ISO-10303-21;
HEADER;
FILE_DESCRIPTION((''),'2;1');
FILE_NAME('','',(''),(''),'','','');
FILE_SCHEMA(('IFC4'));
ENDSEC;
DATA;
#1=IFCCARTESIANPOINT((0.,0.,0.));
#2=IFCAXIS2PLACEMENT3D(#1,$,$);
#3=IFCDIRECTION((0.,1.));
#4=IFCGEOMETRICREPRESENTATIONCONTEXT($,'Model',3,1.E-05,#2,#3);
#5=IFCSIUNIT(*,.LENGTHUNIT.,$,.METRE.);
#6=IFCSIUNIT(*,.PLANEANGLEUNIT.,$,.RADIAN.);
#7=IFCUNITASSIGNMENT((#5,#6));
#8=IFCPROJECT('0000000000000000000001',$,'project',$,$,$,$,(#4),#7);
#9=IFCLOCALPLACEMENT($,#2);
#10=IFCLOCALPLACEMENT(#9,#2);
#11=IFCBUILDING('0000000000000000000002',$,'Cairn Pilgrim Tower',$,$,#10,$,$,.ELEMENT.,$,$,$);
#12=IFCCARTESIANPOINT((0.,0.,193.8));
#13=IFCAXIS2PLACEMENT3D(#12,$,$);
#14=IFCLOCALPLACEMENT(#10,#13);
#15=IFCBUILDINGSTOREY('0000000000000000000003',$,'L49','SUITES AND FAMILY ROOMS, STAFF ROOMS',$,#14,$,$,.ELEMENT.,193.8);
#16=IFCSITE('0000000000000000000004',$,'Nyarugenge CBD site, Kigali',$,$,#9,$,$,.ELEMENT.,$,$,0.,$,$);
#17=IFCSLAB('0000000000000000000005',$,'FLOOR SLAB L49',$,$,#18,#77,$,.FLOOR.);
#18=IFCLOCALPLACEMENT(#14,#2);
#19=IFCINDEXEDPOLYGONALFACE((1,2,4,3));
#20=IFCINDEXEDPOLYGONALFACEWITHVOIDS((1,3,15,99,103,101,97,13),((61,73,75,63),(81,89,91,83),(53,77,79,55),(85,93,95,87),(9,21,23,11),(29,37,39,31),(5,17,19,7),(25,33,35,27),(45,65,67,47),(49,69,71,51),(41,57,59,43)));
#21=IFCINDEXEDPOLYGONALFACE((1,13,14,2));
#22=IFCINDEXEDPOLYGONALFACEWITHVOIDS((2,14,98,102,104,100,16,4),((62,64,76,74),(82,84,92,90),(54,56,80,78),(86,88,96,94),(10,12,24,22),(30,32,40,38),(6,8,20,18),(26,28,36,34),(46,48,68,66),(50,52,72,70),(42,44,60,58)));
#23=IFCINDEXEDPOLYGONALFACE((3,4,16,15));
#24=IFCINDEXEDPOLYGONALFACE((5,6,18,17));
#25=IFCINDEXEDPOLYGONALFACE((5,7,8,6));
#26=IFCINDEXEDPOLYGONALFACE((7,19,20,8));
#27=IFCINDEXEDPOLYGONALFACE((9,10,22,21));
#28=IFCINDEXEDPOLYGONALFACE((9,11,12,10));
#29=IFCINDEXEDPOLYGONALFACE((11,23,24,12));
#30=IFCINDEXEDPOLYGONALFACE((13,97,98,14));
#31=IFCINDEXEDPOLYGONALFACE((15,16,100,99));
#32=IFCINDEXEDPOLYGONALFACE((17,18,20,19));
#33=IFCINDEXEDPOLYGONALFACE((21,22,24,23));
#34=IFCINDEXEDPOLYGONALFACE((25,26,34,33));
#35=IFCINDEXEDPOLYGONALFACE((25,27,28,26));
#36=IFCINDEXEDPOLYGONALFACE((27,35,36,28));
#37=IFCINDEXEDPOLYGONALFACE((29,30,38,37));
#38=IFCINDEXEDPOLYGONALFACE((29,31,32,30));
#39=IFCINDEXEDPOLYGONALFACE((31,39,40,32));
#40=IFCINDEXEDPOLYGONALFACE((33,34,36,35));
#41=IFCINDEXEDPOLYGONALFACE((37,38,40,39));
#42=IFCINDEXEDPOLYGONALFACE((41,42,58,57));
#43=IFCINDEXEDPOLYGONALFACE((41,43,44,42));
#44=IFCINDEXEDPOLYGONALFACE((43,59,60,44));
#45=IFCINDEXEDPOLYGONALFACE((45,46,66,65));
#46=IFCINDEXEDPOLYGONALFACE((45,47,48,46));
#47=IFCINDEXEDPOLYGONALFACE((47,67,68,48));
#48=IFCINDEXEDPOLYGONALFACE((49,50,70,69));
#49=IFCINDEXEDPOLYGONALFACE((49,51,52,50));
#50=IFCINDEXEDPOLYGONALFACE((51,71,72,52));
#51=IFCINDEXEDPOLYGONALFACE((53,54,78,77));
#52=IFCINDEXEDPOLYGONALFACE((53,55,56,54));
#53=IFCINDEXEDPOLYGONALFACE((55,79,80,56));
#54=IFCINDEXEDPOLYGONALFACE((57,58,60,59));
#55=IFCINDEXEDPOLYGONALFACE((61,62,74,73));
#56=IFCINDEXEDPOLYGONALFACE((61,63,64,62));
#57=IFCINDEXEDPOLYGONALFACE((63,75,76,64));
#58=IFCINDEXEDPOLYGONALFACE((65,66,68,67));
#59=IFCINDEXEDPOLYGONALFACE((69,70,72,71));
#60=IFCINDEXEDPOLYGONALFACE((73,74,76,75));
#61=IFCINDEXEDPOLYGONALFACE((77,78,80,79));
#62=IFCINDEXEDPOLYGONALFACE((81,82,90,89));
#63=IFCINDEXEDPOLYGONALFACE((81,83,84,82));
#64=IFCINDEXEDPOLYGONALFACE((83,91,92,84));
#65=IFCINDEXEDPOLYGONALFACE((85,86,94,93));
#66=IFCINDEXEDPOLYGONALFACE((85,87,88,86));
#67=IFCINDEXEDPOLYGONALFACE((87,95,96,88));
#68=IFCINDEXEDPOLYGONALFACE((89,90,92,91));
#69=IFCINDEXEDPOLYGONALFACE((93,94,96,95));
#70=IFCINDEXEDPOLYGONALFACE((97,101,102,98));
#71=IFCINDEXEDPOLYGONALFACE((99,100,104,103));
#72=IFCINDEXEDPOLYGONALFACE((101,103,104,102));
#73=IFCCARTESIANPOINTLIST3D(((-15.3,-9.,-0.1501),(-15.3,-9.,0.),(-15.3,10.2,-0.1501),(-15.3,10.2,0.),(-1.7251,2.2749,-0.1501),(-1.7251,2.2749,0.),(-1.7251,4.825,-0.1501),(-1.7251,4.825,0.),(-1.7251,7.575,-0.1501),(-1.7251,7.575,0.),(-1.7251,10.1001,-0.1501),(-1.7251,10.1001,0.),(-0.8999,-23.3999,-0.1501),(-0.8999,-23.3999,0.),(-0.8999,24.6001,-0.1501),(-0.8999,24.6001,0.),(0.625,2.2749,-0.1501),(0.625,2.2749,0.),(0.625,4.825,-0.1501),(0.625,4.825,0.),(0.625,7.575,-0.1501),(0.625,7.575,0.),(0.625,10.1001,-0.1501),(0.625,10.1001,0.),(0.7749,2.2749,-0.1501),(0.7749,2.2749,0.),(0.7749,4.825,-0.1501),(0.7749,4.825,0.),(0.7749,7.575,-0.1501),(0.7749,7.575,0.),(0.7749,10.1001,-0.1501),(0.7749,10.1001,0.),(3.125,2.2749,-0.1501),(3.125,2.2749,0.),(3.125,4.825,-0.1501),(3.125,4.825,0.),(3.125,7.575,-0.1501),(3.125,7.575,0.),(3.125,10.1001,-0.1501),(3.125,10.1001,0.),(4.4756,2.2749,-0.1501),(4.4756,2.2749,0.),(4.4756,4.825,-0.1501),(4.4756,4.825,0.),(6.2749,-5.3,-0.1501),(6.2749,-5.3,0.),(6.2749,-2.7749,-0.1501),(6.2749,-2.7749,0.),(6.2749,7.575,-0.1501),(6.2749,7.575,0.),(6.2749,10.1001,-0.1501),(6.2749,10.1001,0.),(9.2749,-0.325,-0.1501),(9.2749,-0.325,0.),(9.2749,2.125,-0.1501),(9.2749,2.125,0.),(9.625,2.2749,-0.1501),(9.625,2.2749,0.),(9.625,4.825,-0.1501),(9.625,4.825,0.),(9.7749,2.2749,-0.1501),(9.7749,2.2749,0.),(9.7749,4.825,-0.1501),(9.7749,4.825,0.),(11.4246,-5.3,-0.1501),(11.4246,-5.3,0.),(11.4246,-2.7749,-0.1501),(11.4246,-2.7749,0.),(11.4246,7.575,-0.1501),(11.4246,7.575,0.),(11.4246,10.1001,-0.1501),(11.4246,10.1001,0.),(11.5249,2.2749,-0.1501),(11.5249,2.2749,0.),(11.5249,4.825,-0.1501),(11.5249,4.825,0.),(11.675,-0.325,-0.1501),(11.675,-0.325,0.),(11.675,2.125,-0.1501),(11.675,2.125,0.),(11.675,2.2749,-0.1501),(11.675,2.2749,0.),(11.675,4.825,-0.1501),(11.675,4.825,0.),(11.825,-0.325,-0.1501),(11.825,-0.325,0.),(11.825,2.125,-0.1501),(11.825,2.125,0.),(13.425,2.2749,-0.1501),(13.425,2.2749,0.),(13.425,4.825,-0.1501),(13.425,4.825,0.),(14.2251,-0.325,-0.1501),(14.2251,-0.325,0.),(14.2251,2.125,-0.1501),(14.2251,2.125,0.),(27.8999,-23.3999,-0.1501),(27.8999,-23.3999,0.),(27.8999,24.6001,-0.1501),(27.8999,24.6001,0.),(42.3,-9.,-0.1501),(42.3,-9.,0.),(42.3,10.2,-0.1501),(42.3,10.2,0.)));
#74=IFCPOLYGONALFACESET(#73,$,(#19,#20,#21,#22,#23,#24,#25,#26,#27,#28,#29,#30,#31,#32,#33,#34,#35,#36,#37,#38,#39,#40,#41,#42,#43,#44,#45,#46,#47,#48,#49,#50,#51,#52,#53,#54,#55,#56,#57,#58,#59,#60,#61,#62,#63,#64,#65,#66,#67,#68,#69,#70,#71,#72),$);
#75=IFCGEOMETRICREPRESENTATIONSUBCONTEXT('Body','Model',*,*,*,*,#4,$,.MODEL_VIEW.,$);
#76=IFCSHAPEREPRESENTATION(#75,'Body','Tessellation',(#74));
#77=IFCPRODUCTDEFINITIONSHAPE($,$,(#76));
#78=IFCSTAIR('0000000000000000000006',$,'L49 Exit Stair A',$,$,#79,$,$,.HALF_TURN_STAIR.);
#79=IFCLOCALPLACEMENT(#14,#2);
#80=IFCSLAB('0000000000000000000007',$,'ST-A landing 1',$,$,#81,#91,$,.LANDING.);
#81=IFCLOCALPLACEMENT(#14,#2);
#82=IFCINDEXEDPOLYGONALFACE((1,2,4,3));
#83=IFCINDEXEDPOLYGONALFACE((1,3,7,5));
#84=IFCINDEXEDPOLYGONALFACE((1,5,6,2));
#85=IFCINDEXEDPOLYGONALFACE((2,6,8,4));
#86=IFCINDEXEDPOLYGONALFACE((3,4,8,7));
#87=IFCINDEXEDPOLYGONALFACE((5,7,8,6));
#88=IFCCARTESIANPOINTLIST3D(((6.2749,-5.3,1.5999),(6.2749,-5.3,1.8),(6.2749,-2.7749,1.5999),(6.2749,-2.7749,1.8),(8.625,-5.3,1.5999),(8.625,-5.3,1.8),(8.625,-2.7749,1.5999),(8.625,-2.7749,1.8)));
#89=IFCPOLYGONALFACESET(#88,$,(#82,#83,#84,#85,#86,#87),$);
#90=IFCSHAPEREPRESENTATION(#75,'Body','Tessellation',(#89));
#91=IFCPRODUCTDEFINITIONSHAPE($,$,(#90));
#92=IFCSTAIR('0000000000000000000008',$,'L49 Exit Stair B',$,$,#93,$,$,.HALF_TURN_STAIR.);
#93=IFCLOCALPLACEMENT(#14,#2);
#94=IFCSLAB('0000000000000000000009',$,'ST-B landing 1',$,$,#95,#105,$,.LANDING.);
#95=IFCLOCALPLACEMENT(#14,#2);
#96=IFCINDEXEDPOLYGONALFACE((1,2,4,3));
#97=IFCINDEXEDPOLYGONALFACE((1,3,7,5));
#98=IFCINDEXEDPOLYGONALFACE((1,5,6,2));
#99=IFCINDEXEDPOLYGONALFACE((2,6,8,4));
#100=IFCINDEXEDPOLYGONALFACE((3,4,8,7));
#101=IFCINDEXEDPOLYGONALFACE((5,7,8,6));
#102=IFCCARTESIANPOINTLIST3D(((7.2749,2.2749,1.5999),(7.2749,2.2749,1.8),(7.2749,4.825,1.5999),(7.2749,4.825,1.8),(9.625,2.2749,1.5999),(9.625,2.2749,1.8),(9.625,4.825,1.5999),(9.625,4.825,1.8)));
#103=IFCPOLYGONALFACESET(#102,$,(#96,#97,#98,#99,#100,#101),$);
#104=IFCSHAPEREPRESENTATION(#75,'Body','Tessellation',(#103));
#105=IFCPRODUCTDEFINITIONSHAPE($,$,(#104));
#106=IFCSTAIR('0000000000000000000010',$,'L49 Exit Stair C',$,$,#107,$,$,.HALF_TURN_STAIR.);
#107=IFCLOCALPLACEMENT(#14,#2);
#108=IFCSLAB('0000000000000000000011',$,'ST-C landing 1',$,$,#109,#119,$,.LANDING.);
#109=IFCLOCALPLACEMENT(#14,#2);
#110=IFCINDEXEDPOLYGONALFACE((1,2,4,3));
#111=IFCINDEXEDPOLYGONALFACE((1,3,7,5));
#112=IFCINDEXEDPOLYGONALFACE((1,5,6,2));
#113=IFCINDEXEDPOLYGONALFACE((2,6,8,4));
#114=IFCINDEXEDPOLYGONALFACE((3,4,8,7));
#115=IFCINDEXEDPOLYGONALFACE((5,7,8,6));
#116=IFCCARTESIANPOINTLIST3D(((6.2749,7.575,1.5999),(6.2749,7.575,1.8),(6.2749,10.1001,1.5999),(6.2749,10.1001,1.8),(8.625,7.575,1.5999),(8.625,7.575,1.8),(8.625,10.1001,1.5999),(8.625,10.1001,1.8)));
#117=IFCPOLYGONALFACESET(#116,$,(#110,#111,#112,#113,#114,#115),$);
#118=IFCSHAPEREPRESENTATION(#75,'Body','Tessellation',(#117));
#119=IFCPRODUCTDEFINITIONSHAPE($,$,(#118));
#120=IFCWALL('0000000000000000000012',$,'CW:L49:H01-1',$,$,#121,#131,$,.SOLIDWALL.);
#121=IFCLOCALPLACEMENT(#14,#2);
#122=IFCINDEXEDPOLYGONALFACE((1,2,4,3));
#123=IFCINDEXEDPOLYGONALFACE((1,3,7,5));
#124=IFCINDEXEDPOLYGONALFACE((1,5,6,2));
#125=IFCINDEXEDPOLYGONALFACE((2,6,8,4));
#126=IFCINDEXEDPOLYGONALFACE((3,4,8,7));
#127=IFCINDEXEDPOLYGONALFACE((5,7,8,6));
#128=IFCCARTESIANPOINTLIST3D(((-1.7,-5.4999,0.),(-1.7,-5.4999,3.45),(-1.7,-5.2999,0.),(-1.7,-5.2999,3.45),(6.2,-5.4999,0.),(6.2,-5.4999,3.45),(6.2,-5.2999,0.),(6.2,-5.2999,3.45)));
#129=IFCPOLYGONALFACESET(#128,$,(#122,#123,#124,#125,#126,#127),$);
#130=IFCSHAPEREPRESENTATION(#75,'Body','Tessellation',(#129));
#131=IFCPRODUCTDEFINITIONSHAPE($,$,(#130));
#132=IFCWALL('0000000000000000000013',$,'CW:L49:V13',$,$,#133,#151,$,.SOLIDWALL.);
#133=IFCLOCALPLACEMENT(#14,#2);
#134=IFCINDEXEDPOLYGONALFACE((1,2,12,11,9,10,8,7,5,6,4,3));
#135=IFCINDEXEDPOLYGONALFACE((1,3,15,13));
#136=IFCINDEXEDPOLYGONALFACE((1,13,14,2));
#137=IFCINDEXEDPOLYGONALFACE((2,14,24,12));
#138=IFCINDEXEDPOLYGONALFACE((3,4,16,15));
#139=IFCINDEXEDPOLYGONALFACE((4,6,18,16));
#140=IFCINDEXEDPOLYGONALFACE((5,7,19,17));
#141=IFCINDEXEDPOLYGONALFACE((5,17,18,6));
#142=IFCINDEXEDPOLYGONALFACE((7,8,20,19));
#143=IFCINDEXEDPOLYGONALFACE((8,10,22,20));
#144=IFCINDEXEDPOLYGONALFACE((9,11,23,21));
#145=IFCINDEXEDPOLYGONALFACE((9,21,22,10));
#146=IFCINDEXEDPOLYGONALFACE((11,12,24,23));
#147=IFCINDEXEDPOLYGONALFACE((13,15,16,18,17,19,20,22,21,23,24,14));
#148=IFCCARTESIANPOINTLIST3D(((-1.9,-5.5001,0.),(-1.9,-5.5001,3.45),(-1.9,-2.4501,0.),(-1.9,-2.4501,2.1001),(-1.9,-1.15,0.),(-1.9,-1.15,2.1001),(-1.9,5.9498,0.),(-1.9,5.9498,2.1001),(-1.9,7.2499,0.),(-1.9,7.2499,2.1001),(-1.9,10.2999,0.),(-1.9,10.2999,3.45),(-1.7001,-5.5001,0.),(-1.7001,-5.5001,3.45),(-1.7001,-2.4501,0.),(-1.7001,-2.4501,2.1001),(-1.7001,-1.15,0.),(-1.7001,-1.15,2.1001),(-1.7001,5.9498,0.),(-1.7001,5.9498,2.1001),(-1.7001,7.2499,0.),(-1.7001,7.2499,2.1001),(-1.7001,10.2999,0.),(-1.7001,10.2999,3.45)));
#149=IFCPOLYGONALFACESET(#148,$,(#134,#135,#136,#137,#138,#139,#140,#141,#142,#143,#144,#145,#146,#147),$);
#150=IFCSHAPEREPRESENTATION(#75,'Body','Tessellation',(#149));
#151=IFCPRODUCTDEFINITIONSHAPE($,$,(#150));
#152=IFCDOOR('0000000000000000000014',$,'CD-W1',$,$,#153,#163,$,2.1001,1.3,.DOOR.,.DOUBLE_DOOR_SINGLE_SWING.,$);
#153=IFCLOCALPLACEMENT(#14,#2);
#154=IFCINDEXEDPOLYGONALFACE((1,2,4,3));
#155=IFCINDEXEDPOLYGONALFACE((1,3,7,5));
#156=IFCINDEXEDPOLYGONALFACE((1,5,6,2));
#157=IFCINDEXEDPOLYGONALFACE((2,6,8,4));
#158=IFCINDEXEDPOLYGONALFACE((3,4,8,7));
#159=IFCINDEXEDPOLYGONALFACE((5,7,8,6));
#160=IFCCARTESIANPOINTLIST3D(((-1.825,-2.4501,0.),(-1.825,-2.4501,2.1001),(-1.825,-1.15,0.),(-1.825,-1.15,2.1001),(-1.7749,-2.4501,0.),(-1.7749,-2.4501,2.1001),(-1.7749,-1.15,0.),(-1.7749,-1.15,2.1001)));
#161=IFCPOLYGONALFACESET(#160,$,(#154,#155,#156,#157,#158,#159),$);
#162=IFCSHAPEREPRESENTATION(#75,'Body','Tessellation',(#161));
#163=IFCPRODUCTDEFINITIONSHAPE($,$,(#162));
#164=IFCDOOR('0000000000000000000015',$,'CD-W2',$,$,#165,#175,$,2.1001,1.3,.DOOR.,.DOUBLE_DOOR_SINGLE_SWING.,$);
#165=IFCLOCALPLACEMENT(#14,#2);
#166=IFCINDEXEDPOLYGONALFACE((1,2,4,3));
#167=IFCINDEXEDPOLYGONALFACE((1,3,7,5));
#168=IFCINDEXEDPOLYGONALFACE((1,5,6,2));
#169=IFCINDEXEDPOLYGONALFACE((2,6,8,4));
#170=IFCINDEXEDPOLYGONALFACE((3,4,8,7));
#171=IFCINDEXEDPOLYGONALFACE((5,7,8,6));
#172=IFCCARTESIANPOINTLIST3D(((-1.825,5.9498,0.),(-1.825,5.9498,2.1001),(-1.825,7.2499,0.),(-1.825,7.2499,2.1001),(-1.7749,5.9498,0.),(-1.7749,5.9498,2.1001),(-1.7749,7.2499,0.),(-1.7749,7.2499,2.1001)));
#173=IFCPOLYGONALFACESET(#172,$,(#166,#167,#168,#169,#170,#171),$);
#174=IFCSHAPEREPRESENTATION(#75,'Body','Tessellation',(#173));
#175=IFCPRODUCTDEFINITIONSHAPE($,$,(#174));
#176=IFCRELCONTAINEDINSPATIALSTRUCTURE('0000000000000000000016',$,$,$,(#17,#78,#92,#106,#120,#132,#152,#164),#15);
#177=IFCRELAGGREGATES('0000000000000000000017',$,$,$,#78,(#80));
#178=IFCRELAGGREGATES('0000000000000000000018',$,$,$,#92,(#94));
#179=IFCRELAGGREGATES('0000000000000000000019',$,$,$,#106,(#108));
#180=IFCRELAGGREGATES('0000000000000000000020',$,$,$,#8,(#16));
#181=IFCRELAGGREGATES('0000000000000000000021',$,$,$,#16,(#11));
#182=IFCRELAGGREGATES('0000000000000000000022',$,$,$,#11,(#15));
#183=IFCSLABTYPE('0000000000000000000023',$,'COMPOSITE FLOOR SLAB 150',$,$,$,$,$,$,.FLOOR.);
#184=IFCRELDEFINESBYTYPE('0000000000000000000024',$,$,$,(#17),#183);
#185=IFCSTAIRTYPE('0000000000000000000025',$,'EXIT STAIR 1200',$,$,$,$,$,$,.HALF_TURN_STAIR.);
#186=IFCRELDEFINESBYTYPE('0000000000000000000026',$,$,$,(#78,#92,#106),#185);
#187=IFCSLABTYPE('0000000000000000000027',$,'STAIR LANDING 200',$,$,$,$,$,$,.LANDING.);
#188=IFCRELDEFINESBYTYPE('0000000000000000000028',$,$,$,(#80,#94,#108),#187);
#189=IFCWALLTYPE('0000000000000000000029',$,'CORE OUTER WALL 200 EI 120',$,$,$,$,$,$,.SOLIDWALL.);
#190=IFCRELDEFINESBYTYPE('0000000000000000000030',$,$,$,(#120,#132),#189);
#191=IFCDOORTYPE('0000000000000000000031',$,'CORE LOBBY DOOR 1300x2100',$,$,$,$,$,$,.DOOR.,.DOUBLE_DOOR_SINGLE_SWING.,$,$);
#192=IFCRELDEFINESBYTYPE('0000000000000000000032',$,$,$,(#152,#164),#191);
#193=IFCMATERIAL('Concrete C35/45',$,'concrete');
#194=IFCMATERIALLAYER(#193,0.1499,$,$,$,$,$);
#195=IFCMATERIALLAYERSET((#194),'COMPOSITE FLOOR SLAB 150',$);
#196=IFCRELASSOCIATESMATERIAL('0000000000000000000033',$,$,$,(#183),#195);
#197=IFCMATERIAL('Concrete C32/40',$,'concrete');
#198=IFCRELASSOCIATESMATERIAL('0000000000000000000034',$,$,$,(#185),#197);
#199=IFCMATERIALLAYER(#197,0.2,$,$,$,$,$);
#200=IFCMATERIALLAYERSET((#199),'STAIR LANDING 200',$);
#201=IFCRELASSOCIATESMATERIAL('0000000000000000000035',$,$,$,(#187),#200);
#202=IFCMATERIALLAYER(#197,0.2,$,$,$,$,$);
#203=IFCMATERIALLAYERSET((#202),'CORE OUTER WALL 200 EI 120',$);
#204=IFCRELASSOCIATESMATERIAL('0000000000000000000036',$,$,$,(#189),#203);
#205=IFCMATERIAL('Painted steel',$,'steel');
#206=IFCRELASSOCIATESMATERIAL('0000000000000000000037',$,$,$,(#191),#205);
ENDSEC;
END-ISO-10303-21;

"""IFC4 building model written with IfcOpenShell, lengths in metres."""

from ifc_helpers import new_model, si_unit, direction, frame, frame_2d, origin, place, context, subcontext, project, spatial, polyline, rectangle, outline, extrude, material, layer, layer_set, type_object, element, fill, aggregate, save


model = new_model("IFC4")

# Units and contexts
model_context = context("Model", 3, precision=1e-05, world=origin(), true_north=direction((0.0, 1.0)))
body_context = subcontext(model_context, "Body", "Model", "MODEL_VIEW")
ifc_project = project(units=[si_unit("LENGTHUNIT", "METRE"), si_unit("PLANEANGLEUNIT", "RADIAN")], contexts=[model_context])

# Site, building, storey
site_placement = place(None, origin())
site = spatial("IfcSite", under=ifc_project, at=site_placement, Name="Nyarugenge CBD site, Kigali", CompositionType="ELEMENT", RefElevation=0.0)
building_placement = place(site_placement, origin())
building = spatial("IfcBuilding", under=site, at=building_placement, Name="Cairn Pilgrim Tower", CompositionType="ELEMENT")
storey_placement = place(building_placement, frame((0.0, 0.0, 193.8)))
storey = spatial("IfcBuildingStorey", under=building, at=storey_placement, Name="L49", Description="SUITES AND FAMILY ROOMS, STAFF ROOMS", CompositionType="ELEMENT", Elevation=193.8)

# Slab
ifc_material_1 = material(Name="Concrete C35/45", Category="concrete")
ifc_layer_1 = layer(ifc_material_1, 0.1499)
ifc_layer_set_1 = layer_set([ifc_layer_1], Name="COMPOSITE FLOOR SLAB 150")
slab_type_1 = type_object("IfcSlabType", Name="COMPOSITE FLOOR SLAB 150", PredefinedType="FLOOR", material=ifc_layer_set_1)
slab_1_placement = place(storey_placement, frame((0.0, 0.0, -0.1501)))
element("IfcSlab", 1, at=slab_1_placement, inside=storey, type_object=slab_type_1, Name="FLOOR SLAB L49", PredefinedType="FLOOR", context=body_context, shape_type="SweptSolid", body=[
    extrude(outline(polyline([(-0.8999, -23.3999), (27.8999, -23.3999), (42.3, -9.0), (42.3, 10.2), (27.8999, 24.6001), (-0.8999, 24.6001), (-15.3, 10.2), (-15.3, -9.0), (-0.8999, -23.3999)]), holes=[polyline([(9.2749, -0.325), (11.675, -0.325), (11.675, 2.125), (9.2749, 2.125), (9.2749, -0.325)]), polyline([(11.825, -0.325), (14.2251, -0.325), (14.2251, 2.125), (11.825, 2.125), (11.825, -0.325)]), polyline([(-1.7251, 2.2749), (0.625, 2.2749), (0.625, 4.825), (-1.7251, 4.825), (-1.7251, 2.2749)]), polyline([(0.7749, 2.2749), (3.125, 2.2749), (3.125, 4.825), (0.7749, 4.825), (0.7749, 2.2749)]), polyline([(-1.7251, 7.575), (0.625, 7.575), (0.625, 10.1001), (-1.7251, 10.1001), (-1.7251, 7.575)]), polyline([(0.7749, 7.575), (3.125, 7.575), (3.125, 10.1001), (0.7749, 10.1001), (0.7749, 7.575)]), polyline([(9.7749, 2.2749), (11.5249, 2.2749), (11.5249, 4.825), (9.7749, 4.825), (9.7749, 2.2749)]), polyline([(11.675, 2.2749), (13.425, 2.2749), (13.425, 4.825), (11.675, 4.825), (11.675, 2.2749)]), polyline([(11.4246, -2.7749), (6.2749, -2.7749), (6.2749, -5.3), (11.4246, -5.3), (11.4246, -2.7749)]), polyline([(4.4756, 2.2749), (9.625, 2.2749), (9.625, 4.825), (4.4756, 4.825), (4.4756, 2.2749)]), polyline([(11.4246, 10.1001), (6.2749, 10.1001), (6.2749, 7.575), (11.4246, 7.575), (11.4246, 10.1001)])]), origin(), (0.0, 0.0, 1.0), 0.1501),
])

# Stairs, slabs
ifc_material_2 = material(Name="Concrete C32/40", Category="concrete")
stair_type = type_object("IfcStairType", Name="EXIT STAIR 1200", PredefinedType="HALF_TURN_STAIR", material=ifc_material_2)
stair_1_placement = place(storey_placement, origin())
stair_1 = element("IfcStair", 2, at=stair_1_placement, inside=storey, type_object=stair_type, Name="L49 Exit Stair A", PredefinedType="HALF_TURN_STAIR")
ifc_layer_2 = layer(ifc_material_2, 0.2)
ifc_layer_set_2 = layer_set([ifc_layer_2], Name="STAIR LANDING 200")
slab_type_2 = type_object("IfcSlabType", Name="STAIR LANDING 200", PredefinedType="LANDING", material=ifc_layer_set_2)
slab_2_placement = place(storey_placement, frame((0.0, 0.0, 1.5999)))
slab_2 = element("IfcSlab", 3, at=slab_2_placement, type_object=slab_type_2, Name="ST-A landing 1", PredefinedType="LANDING", context=body_context, shape_type="SweptSolid", body=[
    extrude(outline(polyline([(8.625, -2.7749), (6.2749, -2.7749), (6.2749, -5.3), (8.625, -5.3), (8.625, -2.7749)])), origin(), (0.0, 0.0, 1.0), 0.2002),
])
aggregate(stair_1, [slab_2])
stair_2_placement = place(storey_placement, origin())
stair_2 = element("IfcStair", 4, at=stair_2_placement, inside=storey, type_object=stair_type, Name="L49 Exit Stair B", PredefinedType="HALF_TURN_STAIR")
slab_3_placement = place(storey_placement, frame((0.0, 0.0, 1.5999)))
slab_3 = element("IfcSlab", 5, at=slab_3_placement, type_object=slab_type_2, Name="ST-B landing 1", PredefinedType="LANDING", context=body_context, shape_type="SweptSolid", body=[
    extrude(outline(polyline([(7.2749, 2.2749), (9.625, 2.2749), (9.625, 4.825), (7.2749, 4.825), (7.2749, 2.2749)])), origin(), (0.0, 0.0, 1.0), 0.2002),
])
aggregate(stair_2, [slab_3])
stair_3_placement = place(storey_placement, origin())
stair_3 = element("IfcStair", 6, at=stair_3_placement, inside=storey, type_object=stair_type, Name="L49 Exit Stair C", PredefinedType="HALF_TURN_STAIR")
slab_4_placement = place(storey_placement, frame((0.0, 0.0, 1.5999)))
slab_4 = element("IfcSlab", 7, at=slab_4_placement, type_object=slab_type_2, Name="ST-C landing 1", PredefinedType="LANDING", context=body_context, shape_type="SweptSolid", body=[
    extrude(outline(polyline([(8.625, 10.1001), (6.2749, 10.1001), (6.2749, 7.575), (8.625, 7.575), (8.625, 10.1001)])), origin(), (0.0, 0.0, 1.0), 0.2002),
])
aggregate(stair_3, [slab_4])

# Wall
ifc_layer_3 = layer(ifc_material_2, 0.2)
ifc_layer_set_3 = layer_set([ifc_layer_3], Name="CORE OUTER WALL 200 EI 120")
wall_type_1 = type_object("IfcWallType", Name="CORE OUTER WALL 200 EI 120", PredefinedType="SOLIDWALL", material=ifc_layer_set_3)
wall_1_placement = place(storey_placement, frame((-1.7, -5.3999, 0.0), z_axis=(0.0, 0.0, 1.0), x_axis=(1.0, 0.0, 0.0)))
element("IfcWall", 8, at=wall_1_placement, inside=storey, type_object=wall_type_1, Name="CW:L49:H01-1", PredefinedType="SOLIDWALL", context=body_context, shape_type="SweptSolid", body=[
    extrude(rectangle(XDim=7.8999, YDim=0.2, at=frame_2d((3.95, 0.0))), origin(), (0.0, 0.0, 1.0), 3.45),
])

# Wall, openings, doors
wall_2_placement = place(storey_placement, frame((-1.8, -5.5, 0.0), z_axis=(0.0, 0.0, 1.0), x_axis=(0.0, 1.0, 0.0)))
wall_2 = element("IfcWall", 9, at=wall_2_placement, inside=storey, type_object=wall_type_1, Name="CW:L49:V13", PredefinedType="SOLIDWALL", context=body_context, shape_type="SweptSolid", body=[
    extrude(rectangle(XDim=15.8, YDim=0.2, at=frame_2d((7.8999, 0.0))), origin(), (0.0, 0.0, 1.0), 3.45),
])
opening_1_placement = place(wall_2_placement, frame((3.05, 0.0, 0.0)))
opening_1 = element("IfcOpeningElement", 10, at=opening_1_placement, cuts=wall_2, PredefinedType="OPENING", context=body_context, shape_type="SweptSolid", body=[
    extrude(rectangle(XDim=1.3, YDim=2.1001, at=frame_2d((0.6499, 1.05))), frame((0.0, 0.1099, 0.0), z_axis=(0.0, -1.0, 0.0), x_axis=(1.0, 0.0, 0.0)), (0.0, 0.0, 1.0), 0.22),
])
opening_2_placement = place(wall_2_placement, frame((11.45, 0.0, 0.0)))
opening_2 = element("IfcOpeningElement", 11, at=opening_2_placement, cuts=wall_2, PredefinedType="OPENING", context=body_context, shape_type="SweptSolid", body=[
    extrude(rectangle(XDim=1.3, YDim=2.1001, at=frame_2d((0.6499, 1.05))), frame((0.0, 0.1099, 0.0), z_axis=(0.0, -1.0, 0.0), x_axis=(1.0, 0.0, 0.0)), (0.0, 0.0, 1.0), 0.22),
])
ifc_material_3 = material(Name="Painted steel", Category="steel")
door_type_1 = type_object("IfcDoorType", Name="CORE LOBBY DOOR 1300x2100", OperationType="DOUBLE_DOOR_SINGLE_SWING", PredefinedType="DOOR", material=ifc_material_3)
door_1_placement = place(opening_1_placement, origin())
door_1 = element("IfcDoor", 12, at=door_1_placement, inside=storey, type_object=door_type_1, Name="CD-W1", OperationType="DOUBLE_DOOR_SINGLE_SWING", OverallHeight=2.1001, OverallWidth=1.3, PredefinedType="DOOR", context=body_context, shape_type="SweptSolid", body=[
    extrude(rectangle(XDim=1.3, YDim=2.1001, at=frame_2d((0.6499, 1.05))), frame((0.0, 0.0249, 0.0), z_axis=(0.0, -1.0, 0.0), x_axis=(1.0, 0.0, 0.0)), (0.0, 0.0, 1.0), 0.05),
])
fill(opening_1, door_1)
door_2_placement = place(opening_2_placement, origin())
door_2 = element("IfcDoor", 13, at=door_2_placement, inside=storey, type_object=door_type_1, Name="CD-W2", OperationType="DOUBLE_DOOR_SINGLE_SWING", OverallHeight=2.1001, OverallWidth=1.3, PredefinedType="DOOR", context=body_context, shape_type="SweptSolid", body=[
    extrude(rectangle(XDim=1.3, YDim=2.1001, at=frame_2d((0.6499, 1.05))), frame((0.0, 0.0249, 0.0), z_axis=(0.0, -1.0, 0.0), x_axis=(1.0, 0.0, 0.0)), (0.0, 0.0, 1.0), 0.05),
])
fill(opening_2, door_2)

save(model, "model.ifc")
